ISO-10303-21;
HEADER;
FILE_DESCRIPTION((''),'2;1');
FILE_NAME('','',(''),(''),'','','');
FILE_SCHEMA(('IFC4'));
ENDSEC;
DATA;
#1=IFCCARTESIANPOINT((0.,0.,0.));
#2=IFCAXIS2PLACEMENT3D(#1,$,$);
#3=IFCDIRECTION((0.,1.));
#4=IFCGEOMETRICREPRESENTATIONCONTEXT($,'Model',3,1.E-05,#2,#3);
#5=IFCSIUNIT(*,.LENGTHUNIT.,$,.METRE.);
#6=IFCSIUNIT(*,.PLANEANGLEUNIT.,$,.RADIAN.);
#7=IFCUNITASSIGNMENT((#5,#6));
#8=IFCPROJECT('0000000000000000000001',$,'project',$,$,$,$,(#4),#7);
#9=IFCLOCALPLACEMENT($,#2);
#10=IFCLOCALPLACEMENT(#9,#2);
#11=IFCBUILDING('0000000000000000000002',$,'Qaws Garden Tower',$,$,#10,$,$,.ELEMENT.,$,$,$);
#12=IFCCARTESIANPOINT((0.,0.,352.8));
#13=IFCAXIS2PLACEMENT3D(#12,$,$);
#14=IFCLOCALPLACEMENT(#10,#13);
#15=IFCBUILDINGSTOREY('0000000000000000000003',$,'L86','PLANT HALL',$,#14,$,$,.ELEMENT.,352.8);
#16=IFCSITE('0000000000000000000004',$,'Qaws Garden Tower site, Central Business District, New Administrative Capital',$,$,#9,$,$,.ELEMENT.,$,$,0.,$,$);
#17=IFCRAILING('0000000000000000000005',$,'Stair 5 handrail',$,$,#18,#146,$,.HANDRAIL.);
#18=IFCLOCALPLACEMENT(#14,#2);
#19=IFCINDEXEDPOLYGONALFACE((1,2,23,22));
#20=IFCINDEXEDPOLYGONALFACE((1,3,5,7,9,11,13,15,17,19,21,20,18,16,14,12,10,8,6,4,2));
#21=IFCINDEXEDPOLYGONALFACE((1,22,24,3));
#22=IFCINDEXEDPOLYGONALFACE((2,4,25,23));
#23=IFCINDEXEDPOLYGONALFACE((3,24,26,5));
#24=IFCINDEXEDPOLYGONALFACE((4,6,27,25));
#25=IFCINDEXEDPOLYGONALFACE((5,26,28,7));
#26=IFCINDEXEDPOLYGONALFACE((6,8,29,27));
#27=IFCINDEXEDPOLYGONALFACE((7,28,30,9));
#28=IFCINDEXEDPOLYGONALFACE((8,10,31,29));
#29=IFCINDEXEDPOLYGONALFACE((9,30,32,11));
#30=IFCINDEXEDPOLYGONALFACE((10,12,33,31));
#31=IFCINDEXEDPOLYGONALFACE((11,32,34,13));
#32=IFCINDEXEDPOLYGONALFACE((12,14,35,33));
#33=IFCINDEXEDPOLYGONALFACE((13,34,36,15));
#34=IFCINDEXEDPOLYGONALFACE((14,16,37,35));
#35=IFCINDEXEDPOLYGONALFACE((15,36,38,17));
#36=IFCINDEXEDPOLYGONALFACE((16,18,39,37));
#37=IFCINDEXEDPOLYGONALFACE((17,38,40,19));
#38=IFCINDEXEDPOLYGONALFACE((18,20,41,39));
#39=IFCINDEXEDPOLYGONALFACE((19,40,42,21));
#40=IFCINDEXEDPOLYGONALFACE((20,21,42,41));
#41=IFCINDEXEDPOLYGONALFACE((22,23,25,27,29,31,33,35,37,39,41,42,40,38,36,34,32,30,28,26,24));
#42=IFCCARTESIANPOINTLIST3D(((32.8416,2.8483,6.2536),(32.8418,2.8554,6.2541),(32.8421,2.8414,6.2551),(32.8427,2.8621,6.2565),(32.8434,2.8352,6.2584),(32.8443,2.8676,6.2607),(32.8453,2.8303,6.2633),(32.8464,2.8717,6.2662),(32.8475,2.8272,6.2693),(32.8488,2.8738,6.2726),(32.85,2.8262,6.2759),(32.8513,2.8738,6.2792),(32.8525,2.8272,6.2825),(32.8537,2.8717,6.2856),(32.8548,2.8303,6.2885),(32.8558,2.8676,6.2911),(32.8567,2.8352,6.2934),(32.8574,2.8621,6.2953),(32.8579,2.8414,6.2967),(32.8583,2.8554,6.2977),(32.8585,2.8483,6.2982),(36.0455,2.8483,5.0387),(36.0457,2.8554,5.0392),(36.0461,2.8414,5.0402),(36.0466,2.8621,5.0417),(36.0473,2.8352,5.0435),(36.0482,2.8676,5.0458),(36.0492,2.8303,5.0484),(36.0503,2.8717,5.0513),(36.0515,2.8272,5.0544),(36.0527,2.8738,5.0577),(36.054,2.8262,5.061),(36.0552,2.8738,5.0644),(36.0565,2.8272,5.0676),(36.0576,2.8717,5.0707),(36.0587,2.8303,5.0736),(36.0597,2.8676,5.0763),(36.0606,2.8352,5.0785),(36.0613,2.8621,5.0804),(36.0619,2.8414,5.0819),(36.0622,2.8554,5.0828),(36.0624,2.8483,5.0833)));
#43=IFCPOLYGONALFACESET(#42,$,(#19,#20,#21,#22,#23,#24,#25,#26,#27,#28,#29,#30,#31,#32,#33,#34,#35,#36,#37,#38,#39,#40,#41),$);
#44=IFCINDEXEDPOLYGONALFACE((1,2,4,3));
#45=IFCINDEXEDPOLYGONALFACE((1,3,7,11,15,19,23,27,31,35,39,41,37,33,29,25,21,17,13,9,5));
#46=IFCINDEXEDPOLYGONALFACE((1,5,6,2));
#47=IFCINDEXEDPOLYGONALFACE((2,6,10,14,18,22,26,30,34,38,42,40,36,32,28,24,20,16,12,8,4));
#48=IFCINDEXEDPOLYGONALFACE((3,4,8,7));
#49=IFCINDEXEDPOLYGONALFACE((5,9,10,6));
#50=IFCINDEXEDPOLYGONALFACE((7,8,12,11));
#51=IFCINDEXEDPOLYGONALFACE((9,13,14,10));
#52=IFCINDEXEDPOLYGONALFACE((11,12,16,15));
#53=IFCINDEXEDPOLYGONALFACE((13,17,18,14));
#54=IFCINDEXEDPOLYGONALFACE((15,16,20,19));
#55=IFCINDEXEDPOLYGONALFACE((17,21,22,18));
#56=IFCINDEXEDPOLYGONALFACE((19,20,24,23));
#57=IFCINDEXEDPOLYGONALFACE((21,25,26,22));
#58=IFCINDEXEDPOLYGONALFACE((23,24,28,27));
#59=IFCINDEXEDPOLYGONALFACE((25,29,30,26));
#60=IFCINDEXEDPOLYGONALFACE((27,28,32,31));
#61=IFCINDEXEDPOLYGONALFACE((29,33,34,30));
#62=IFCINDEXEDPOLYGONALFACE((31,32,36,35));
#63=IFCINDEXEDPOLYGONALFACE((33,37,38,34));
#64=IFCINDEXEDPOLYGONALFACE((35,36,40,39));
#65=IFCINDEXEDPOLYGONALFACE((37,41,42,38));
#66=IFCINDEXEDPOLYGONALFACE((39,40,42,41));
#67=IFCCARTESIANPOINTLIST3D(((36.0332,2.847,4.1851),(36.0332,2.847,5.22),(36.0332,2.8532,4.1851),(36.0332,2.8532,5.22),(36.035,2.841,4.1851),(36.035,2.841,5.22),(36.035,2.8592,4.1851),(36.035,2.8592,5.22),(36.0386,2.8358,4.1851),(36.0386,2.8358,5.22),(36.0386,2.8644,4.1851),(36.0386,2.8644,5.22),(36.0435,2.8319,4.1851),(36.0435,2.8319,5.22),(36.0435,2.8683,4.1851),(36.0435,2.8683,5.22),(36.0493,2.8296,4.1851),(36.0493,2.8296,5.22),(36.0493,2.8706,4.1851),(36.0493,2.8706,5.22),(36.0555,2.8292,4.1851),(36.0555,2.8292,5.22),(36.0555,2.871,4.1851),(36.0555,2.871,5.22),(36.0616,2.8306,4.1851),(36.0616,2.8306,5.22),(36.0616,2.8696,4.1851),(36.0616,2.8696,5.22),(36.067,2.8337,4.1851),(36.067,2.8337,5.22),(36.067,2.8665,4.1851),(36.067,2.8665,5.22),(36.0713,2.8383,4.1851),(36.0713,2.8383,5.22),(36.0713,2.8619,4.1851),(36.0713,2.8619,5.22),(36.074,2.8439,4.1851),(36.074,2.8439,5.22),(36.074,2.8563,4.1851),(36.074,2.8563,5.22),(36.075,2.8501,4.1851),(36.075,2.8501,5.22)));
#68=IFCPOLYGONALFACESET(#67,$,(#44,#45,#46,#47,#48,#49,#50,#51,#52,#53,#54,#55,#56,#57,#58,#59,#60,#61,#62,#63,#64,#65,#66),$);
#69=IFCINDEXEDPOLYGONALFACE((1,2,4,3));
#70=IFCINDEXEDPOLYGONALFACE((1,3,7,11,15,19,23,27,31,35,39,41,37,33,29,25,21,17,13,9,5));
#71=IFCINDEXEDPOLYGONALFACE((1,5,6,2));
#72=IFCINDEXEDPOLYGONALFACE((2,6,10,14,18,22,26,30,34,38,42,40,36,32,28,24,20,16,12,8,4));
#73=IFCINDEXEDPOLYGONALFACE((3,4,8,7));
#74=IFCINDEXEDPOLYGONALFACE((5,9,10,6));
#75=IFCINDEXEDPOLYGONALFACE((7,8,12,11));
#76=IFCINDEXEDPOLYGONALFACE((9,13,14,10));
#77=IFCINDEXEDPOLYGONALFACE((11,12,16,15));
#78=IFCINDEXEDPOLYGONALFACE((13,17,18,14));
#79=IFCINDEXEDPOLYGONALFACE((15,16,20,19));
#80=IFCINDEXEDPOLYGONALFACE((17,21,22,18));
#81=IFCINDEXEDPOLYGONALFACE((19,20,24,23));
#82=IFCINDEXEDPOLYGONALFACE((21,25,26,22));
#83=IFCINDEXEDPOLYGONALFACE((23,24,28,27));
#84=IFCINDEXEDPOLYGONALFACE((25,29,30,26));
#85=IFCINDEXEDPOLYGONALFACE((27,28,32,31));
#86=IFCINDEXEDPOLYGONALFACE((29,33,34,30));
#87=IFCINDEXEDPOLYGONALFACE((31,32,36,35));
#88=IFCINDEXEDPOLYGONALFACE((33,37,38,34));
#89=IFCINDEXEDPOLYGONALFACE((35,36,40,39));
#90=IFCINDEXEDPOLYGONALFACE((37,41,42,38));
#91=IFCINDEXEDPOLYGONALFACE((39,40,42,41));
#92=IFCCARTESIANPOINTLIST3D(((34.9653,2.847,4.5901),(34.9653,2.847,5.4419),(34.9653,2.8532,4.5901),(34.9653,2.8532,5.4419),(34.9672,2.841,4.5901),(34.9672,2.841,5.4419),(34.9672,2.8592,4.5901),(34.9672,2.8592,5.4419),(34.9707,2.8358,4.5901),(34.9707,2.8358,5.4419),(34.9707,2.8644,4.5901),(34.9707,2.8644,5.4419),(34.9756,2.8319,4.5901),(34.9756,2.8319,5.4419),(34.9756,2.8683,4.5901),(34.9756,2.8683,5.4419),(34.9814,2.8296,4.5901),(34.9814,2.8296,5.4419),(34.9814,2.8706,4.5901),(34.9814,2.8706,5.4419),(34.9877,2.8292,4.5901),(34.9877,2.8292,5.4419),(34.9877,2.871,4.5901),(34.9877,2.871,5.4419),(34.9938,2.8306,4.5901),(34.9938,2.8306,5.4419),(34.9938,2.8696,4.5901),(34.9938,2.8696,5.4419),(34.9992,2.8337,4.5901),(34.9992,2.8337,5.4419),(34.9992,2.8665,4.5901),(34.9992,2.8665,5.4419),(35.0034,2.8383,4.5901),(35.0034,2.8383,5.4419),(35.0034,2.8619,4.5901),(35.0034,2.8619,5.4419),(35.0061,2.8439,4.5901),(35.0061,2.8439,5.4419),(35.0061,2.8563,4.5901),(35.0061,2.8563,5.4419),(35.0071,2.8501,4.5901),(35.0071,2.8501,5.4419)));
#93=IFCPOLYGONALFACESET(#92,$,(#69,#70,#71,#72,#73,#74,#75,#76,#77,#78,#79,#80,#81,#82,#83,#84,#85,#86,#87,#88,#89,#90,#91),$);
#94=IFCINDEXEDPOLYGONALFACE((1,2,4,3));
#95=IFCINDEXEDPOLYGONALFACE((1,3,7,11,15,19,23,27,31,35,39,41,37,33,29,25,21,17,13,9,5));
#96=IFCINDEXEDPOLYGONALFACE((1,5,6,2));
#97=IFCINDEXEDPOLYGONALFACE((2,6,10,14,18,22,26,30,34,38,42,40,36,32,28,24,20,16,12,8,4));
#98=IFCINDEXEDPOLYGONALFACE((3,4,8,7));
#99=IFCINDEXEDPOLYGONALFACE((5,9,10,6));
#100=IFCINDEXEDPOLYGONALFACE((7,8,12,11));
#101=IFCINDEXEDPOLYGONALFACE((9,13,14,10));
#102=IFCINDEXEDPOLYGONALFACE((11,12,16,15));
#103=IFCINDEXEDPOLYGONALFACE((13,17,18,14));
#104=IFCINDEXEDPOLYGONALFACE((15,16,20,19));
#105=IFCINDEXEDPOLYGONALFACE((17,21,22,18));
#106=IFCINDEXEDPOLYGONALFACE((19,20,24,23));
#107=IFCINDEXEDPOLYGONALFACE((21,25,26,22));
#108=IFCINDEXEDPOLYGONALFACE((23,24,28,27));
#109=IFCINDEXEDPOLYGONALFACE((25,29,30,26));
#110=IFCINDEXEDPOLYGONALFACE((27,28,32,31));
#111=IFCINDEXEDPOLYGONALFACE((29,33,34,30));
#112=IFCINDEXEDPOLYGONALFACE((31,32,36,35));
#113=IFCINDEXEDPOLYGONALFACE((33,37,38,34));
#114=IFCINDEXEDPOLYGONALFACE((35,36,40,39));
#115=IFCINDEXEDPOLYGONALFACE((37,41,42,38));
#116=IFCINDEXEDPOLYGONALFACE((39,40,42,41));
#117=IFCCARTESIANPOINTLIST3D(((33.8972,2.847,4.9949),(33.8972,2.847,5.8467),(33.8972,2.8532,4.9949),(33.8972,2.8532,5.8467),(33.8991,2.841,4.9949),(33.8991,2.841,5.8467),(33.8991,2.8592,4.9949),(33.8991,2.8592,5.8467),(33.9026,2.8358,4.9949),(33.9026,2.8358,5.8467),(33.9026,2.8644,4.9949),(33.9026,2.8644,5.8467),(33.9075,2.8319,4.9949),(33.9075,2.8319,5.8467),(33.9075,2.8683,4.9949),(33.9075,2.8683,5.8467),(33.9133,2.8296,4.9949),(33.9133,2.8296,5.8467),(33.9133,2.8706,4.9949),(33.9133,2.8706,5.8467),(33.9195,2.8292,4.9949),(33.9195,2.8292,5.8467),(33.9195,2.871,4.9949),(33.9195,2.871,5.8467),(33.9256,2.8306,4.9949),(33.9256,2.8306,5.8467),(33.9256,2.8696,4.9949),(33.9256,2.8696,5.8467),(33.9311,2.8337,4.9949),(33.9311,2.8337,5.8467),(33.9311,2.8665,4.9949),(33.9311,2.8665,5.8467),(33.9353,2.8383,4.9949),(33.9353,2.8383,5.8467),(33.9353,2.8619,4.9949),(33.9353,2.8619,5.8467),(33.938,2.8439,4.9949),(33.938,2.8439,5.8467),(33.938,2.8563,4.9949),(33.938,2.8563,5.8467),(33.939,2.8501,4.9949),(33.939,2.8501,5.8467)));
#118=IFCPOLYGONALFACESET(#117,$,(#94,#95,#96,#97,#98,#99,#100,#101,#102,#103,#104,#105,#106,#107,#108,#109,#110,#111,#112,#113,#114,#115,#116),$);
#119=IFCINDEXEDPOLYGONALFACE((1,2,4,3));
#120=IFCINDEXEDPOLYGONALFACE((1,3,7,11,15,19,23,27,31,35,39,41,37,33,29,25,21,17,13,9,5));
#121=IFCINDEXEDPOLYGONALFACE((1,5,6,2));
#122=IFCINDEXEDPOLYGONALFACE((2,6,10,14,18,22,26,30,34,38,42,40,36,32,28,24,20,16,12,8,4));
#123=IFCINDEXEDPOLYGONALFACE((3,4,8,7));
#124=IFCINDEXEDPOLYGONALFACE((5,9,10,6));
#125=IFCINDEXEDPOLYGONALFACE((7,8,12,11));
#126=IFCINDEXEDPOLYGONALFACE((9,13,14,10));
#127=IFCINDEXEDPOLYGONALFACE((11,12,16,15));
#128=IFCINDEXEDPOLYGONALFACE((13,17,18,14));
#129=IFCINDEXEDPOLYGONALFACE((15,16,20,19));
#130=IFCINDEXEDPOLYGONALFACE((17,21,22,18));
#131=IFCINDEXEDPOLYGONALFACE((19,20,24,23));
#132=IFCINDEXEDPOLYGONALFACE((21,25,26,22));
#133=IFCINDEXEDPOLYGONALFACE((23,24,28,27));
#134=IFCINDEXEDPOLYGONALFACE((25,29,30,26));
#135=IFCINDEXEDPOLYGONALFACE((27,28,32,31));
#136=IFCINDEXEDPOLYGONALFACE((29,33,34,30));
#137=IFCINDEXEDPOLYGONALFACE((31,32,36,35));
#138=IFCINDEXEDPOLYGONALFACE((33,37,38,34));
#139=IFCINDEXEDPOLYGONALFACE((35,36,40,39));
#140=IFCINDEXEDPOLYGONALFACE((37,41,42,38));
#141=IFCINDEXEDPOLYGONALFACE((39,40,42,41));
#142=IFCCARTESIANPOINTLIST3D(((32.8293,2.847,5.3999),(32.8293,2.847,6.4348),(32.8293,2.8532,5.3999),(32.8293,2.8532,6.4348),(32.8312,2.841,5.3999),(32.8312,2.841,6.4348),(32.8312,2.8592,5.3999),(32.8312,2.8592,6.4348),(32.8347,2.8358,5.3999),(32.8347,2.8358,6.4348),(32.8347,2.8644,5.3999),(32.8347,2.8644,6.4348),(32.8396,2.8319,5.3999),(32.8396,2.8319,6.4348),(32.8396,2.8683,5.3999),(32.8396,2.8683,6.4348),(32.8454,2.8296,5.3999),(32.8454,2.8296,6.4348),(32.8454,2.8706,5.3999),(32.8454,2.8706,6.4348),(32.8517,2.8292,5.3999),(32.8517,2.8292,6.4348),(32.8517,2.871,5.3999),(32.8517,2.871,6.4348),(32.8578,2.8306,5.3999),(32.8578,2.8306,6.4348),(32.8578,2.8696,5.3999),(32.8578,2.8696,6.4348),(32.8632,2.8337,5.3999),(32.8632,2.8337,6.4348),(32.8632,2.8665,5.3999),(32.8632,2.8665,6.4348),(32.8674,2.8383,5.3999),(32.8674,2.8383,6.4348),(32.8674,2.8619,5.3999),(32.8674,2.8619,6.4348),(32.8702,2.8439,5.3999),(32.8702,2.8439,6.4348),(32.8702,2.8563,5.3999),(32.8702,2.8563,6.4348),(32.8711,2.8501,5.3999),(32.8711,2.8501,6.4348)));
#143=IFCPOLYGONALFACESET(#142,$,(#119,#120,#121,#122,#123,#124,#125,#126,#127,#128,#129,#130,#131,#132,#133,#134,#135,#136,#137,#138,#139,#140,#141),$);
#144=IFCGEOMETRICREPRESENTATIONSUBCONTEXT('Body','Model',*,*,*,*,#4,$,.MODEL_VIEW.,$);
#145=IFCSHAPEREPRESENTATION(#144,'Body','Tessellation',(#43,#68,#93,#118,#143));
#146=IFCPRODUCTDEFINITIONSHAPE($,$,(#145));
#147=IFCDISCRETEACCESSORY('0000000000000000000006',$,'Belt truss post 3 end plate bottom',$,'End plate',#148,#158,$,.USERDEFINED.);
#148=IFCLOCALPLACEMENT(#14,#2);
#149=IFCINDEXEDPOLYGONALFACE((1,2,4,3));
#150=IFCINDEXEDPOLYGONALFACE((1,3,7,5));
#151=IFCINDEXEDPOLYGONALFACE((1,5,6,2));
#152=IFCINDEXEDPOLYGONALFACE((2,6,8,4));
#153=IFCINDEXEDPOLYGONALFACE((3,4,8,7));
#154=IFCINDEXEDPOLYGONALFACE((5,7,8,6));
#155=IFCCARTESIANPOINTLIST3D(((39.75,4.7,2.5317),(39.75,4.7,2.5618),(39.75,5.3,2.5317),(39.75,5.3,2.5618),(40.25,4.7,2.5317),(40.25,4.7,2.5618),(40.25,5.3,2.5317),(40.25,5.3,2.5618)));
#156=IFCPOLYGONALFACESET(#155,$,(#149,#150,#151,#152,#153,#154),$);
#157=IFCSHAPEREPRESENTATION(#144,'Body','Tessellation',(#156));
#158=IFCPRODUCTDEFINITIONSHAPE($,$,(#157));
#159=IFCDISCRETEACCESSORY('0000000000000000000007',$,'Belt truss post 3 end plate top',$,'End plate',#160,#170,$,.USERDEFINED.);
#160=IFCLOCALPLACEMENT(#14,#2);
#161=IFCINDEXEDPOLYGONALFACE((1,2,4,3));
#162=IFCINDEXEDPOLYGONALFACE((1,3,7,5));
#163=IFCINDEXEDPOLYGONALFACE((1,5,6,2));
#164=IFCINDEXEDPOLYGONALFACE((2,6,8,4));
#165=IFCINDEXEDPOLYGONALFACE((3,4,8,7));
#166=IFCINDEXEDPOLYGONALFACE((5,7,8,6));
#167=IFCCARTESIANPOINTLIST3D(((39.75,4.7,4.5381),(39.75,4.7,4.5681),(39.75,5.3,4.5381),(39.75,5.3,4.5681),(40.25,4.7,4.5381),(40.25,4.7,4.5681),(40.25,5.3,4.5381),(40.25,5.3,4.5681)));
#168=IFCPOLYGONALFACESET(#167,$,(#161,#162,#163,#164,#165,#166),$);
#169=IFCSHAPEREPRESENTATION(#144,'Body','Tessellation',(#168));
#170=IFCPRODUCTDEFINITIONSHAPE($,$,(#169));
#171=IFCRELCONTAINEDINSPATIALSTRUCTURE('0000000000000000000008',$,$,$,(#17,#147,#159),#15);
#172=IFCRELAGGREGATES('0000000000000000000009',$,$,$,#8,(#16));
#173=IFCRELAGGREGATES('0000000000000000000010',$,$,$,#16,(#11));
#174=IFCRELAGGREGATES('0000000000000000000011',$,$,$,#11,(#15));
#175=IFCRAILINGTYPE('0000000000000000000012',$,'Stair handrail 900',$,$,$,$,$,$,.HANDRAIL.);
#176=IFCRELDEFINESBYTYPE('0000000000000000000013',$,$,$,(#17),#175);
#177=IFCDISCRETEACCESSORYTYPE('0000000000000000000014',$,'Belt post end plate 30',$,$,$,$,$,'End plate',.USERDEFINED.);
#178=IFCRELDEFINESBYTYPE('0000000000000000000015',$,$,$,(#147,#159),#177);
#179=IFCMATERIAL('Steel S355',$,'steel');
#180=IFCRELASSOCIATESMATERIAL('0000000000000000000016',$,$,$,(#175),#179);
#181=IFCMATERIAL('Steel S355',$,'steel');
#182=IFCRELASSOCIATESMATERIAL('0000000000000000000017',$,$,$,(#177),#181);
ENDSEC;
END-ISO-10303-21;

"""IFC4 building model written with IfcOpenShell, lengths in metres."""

from ifc_helpers import new_model, si_unit, direction, frame, origin, origin_2d, place, context, subcontext, project, spatial, rectangle, circle, extrude, material, type_object, element, save


model = new_model("IFC4")

# Units and contexts
model_context = context("Model", 3, precision=1e-05, world=origin(), true_north=direction((0.0, 1.0)))
body_context = subcontext(model_context, "Body", "Model", "MODEL_VIEW")
ifc_project = project(units=[si_unit("LENGTHUNIT", "METRE"), si_unit("PLANEANGLEUNIT", "RADIAN")], contexts=[model_context])

# Site, building, storey
site_placement = place(None, origin())
site = spatial("IfcSite", under=ifc_project, at=site_placement, Name="Qaws Garden Tower site, Central Business District, New Administrative Capital", CompositionType="ELEMENT", RefElevation=0.0)
building_placement = place(site_placement, origin())
building = spatial("IfcBuilding", under=site, at=building_placement, Name="Qaws Garden Tower", CompositionType="ELEMENT")
storey_placement = place(building_placement, frame((0.0, 0.0, 352.8)))
storey = spatial("IfcBuildingStorey", under=building, at=storey_placement, Name="L86", Description="PLANT HALL", CompositionType="ELEMENT", Elevation=352.8)

# Railing
ifc_material_1 = material(Name="Steel S355", Category="steel")
railing_type = type_object("IfcRailingType", Name="Stair handrail 900", PredefinedType="HANDRAIL", material=ifc_material_1)
railing_placement = place(storey_placement, frame((36.054, 2.8501, 4.1851)))
element("IfcRailing", 1, at=railing_placement, inside=storey, type_object=railing_type, Name="Stair 5 handrail", PredefinedType="HANDRAIL", context=body_context, shape_type="SweptSolid", body=[
    extrude(circle(Radius=0.0239, at=origin_2d()), frame((0.0, 0.0, 0.876), z_axis=(-0.935037, 0.0, 0.354549), x_axis=(0.0, -1.0, 0.0)), (0.0, 0.0, 1.0), 3.4265),
    extrude(circle(Radius=0.021, at=origin_2d()), origin(), (0.0, 0.0, 1.0), 1.0349),
    extrude(circle(Radius=0.021, at=origin_2d()), frame((-1.0679, 0.0, 0.405)), (0.0, 0.0, 1.0), 0.8518),
    extrude(circle(Radius=0.021, at=origin_2d()), frame((-2.136, 0.0, 0.8098)), (0.0, 0.0, 1.0), 0.8518),
    extrude(circle(Radius=0.021, at=origin_2d()), frame((-3.2039, 0.0, 1.2148)), (0.0, 0.0, 1.0), 1.0349),
])

# Discrete accessories
ifc_material_2 = material(Name="Steel S355", Category="steel")
discrete_accessory_type = type_object("IfcDiscreteAccessoryType", Name="Belt post end plate 30", ElementType="End plate", PredefinedType="USERDEFINED", material=ifc_material_2)
for number, where, z_axis, x_axis, name in (
    (2, (40.0, 5.0, 2.5317), (0.0, 0.0, 1.0), (1.0, 0.0, 0.0), "Belt truss post 3 end plate bottom"),
    (3, (40.0, 5.0, 4.5381), (0.0, 0.0, 1.0), (1.0, 0.0, 0.0), "Belt truss post 3 end plate top"),
):
    element("IfcDiscreteAccessory", number, at=place(storey_placement, frame(where, z_axis=z_axis, x_axis=x_axis)), inside=storey, type_object=discrete_accessory_type, Name=name, ObjectType="End plate", PredefinedType="USERDEFINED", context=body_context, shape_type="SweptSolid", body=[
        extrude(rectangle(XDim=0.5, YDim=0.6001, at=origin_2d()), origin(), (0.0, 0.0, 1.0), 0.03),
    ])

save(model, "model.ifc")
